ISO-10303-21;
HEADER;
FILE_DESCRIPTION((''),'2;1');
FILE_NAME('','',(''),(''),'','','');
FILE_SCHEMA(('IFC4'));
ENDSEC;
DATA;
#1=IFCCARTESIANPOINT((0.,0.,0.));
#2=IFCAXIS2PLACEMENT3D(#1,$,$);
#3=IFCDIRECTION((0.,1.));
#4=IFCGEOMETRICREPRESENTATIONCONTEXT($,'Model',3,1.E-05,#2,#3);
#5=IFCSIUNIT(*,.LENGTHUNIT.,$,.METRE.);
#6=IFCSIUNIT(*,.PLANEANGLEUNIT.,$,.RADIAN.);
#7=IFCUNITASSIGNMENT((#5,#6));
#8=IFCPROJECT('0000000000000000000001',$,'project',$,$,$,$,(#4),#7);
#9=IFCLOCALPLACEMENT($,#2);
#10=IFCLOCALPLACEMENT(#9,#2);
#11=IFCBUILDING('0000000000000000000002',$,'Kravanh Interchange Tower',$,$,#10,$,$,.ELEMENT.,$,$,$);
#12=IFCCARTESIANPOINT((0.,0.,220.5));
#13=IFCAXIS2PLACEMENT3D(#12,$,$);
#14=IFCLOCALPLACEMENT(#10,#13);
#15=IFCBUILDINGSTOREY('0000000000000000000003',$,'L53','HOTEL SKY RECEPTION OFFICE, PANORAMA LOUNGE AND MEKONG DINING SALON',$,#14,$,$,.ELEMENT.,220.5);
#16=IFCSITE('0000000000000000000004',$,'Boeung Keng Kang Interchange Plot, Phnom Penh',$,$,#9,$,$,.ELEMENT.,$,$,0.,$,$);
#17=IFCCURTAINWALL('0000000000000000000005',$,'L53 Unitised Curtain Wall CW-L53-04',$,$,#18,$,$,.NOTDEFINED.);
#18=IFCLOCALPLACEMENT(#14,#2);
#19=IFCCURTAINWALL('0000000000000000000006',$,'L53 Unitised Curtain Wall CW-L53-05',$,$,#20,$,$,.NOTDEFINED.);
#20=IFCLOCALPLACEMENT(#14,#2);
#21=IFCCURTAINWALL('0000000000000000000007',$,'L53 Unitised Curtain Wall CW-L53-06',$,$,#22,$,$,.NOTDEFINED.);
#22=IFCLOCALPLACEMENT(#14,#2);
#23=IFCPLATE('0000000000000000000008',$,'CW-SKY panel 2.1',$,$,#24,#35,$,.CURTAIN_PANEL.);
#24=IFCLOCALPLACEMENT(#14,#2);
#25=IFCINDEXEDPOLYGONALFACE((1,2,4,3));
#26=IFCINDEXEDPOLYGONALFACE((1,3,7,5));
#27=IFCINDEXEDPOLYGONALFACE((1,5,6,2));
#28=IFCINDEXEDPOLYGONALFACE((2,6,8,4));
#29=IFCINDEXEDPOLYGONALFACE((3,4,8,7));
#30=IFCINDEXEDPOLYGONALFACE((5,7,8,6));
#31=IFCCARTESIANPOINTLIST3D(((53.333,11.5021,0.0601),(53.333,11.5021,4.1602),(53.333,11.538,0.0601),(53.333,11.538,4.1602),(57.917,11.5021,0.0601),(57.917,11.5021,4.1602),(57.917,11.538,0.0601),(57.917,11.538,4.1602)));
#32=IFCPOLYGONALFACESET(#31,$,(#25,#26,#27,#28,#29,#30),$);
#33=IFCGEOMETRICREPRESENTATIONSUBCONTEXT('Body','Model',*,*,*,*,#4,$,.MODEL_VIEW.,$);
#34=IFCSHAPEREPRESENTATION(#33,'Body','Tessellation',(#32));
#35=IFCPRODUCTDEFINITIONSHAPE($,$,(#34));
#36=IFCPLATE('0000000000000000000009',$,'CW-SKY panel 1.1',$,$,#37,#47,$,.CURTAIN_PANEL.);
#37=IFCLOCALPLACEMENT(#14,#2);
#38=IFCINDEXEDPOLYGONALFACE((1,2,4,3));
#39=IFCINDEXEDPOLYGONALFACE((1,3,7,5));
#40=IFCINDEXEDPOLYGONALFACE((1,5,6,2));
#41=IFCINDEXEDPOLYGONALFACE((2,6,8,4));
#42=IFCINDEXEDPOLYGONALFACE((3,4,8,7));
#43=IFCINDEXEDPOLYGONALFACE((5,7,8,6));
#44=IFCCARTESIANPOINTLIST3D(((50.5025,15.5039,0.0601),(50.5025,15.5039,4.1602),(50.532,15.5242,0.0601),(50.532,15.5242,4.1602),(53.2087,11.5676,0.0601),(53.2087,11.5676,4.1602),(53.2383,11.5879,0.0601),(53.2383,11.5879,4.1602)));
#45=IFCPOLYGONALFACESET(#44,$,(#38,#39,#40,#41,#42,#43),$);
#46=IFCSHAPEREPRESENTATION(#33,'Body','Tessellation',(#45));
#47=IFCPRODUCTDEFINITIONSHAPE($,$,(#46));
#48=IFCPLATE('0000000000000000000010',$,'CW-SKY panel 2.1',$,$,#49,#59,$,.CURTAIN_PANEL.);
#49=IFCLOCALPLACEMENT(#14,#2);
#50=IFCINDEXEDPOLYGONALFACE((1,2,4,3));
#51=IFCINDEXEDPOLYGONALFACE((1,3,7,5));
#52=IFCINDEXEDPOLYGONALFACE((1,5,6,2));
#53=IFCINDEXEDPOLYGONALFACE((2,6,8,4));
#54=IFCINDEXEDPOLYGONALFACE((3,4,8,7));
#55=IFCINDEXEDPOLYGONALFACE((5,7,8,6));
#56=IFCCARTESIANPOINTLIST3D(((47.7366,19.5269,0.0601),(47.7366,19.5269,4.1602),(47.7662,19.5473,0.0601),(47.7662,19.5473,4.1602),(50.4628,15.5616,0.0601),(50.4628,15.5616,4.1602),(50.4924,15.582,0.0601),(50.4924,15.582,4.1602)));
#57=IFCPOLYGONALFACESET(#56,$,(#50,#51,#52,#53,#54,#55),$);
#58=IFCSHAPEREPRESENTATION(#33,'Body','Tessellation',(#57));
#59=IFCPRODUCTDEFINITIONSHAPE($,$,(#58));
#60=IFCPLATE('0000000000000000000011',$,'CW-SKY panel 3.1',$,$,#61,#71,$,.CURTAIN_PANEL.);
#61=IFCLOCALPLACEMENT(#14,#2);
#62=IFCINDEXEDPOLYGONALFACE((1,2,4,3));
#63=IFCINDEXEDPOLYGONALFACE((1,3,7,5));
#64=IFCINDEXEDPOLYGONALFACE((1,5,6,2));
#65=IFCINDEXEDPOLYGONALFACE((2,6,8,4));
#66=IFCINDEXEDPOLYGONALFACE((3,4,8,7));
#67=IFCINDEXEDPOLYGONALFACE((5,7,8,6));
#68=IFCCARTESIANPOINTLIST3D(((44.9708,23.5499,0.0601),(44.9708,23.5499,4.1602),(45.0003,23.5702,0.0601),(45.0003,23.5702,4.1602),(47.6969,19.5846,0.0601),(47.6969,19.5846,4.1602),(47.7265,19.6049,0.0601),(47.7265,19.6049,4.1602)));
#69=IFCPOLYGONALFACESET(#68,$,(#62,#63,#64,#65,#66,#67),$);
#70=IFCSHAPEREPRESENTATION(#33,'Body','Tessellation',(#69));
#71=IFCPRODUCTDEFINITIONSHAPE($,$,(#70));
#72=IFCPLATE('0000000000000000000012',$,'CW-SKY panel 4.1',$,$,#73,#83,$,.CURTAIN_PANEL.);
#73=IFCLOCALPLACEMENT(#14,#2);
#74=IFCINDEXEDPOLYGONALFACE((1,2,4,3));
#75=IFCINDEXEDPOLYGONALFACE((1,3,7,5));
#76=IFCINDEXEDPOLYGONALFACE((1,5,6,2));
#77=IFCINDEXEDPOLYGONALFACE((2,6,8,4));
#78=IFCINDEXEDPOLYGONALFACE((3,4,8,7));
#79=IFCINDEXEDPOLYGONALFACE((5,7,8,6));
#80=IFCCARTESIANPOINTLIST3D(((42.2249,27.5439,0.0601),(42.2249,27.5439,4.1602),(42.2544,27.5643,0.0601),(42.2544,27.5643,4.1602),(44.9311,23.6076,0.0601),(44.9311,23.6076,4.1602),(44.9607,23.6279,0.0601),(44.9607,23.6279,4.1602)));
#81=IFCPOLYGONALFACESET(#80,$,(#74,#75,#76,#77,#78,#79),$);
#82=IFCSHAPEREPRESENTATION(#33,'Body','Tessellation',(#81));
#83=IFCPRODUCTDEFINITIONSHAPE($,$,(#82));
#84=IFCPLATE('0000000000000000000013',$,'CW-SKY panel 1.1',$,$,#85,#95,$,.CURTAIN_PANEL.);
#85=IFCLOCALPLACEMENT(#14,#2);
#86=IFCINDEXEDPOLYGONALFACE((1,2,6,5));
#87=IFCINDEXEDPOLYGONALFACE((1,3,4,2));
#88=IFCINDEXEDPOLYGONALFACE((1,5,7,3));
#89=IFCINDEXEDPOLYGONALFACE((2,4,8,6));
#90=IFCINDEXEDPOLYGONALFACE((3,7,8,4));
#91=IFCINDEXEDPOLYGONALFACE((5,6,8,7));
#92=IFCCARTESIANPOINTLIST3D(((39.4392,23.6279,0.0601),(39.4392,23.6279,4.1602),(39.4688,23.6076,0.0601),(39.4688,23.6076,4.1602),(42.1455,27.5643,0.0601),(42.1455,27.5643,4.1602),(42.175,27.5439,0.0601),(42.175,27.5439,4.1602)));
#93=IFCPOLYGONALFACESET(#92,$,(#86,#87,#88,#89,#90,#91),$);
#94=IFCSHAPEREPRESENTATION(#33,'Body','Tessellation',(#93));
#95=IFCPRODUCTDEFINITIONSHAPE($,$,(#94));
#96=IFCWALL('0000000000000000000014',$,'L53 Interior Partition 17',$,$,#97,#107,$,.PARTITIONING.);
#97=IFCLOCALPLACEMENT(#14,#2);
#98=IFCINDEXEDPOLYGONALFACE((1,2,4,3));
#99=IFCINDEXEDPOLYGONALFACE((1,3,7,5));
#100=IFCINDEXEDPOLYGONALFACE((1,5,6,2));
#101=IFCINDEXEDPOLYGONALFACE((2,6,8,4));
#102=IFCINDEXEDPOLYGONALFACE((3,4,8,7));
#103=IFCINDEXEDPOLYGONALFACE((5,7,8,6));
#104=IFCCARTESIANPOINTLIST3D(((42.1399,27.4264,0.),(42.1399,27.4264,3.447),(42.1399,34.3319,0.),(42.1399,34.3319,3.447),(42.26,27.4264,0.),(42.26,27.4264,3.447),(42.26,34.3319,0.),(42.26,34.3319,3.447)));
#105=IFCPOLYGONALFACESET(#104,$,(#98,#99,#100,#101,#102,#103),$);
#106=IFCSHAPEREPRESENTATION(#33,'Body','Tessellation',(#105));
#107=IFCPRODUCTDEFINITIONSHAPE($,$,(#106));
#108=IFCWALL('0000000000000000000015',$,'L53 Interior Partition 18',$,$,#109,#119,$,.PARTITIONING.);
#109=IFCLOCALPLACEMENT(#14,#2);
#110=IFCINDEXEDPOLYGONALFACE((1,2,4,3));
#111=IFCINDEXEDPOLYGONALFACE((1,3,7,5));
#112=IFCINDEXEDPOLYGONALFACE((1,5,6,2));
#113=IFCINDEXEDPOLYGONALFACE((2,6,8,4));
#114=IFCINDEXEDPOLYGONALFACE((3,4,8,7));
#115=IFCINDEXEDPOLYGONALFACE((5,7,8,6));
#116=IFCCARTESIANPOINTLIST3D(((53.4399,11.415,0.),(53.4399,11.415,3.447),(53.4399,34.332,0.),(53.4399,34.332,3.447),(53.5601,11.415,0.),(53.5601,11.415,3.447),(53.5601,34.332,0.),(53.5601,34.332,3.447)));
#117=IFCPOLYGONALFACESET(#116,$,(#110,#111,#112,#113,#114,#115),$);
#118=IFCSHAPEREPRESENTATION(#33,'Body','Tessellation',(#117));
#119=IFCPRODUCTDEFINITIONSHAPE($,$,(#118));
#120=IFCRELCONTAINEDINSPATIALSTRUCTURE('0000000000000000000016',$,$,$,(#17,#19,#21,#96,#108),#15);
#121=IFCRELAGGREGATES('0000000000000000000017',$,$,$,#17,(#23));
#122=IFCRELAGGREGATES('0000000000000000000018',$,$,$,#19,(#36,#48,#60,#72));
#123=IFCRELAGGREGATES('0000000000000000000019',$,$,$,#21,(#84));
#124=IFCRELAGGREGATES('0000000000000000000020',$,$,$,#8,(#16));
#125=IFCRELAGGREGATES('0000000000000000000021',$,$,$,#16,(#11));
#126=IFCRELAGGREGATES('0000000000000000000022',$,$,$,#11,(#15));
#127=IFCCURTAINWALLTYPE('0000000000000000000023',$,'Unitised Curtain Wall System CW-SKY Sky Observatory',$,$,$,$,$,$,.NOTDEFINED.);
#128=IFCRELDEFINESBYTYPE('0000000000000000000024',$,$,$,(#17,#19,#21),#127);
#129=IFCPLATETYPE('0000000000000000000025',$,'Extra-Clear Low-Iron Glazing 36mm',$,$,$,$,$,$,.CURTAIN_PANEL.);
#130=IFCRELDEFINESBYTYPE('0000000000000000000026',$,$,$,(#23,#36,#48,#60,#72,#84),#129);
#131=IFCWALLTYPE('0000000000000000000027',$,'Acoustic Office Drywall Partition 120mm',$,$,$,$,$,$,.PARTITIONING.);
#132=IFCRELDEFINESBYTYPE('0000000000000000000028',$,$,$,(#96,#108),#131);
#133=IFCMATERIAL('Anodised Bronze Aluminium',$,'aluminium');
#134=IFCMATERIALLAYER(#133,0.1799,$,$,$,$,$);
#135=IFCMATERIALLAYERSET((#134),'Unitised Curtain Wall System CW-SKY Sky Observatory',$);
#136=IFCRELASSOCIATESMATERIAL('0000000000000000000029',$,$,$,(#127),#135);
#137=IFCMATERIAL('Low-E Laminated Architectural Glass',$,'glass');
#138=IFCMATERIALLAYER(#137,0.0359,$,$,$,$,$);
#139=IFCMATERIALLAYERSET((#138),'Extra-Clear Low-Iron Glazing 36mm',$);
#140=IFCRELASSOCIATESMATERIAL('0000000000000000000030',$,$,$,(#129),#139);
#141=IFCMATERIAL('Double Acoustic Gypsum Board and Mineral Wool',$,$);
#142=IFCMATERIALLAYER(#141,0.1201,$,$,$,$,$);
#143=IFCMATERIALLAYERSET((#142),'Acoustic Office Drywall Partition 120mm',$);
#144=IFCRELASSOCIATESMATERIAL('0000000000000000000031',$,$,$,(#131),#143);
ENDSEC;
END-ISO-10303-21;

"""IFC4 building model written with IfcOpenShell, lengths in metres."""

from ifc_helpers import new_model, si_unit, direction, frame, frame_2d, origin, origin_2d, place, context, subcontext, project, spatial, rectangle, extrude, material, layer, layer_set, type_object, element, aggregate, save


model = new_model("IFC4")

# Units and contexts
model_context = context("Model", 3, precision=1e-05, world=origin(), true_north=direction((0.0, 1.0)))
body_context = subcontext(model_context, "Body", "Model", "MODEL_VIEW")
ifc_project = project(units=[si_unit("LENGTHUNIT", "METRE"), si_unit("PLANEANGLEUNIT", "RADIAN")], contexts=[model_context])

# Site, building, storey
site_placement = place(None, origin())
site = spatial("IfcSite", under=ifc_project, at=site_placement, Name="Boeung Keng Kang Interchange Plot, Phnom Penh", CompositionType="ELEMENT", RefElevation=0.0)
building_placement = place(site_placement, origin())
building = spatial("IfcBuilding", under=site, at=building_placement, Name="Kravanh Interchange Tower", CompositionType="ELEMENT")
storey_placement = place(building_placement, frame((0.0, 0.0, 220.5)))
storey = spatial("IfcBuildingStorey", under=building, at=storey_placement, Name="L53", Description="HOTEL SKY RECEPTION OFFICE, PANORAMA LOUNGE AND MEKONG DINING SALON", CompositionType="ELEMENT", Elevation=220.5)

# Curtain wall
ifc_material_1 = material(Name="Anodised Bronze Aluminium", Category="aluminium")
ifc_layer_1 = layer(ifc_material_1, 0.1799)
ifc_layer_set_1 = layer_set([ifc_layer_1], Name="Unitised Curtain Wall System CW-SKY Sky Observatory")
curtain_wall_type = type_object("IfcCurtainWallType", Name="Unitised Curtain Wall System CW-SKY Sky Observatory", PredefinedType="NOTDEFINED", material=ifc_layer_set_1)
curtain_wall_1_placement = place(storey_placement, origin())
curtain_wall_1 = element("IfcCurtainWall", 1, at=curtain_wall_1_placement, inside=storey, type_object=curtain_wall_type, Name="L53 Unitised Curtain Wall CW-L53-04", PredefinedType="NOTDEFINED")

# Curtain walls
curtain_wall_2_placement = place(storey_placement, origin())
curtain_wall_2 = element("IfcCurtainWall", 2, at=curtain_wall_2_placement, inside=storey, type_object=curtain_wall_type, Name="L53 Unitised Curtain Wall CW-L53-05", PredefinedType="NOTDEFINED")
curtain_wall_3_placement = place(storey_placement, origin())
curtain_wall_3 = element("IfcCurtainWall", 3, at=curtain_wall_3_placement, inside=storey, type_object=curtain_wall_type, Name="L53 Unitised Curtain Wall CW-L53-06", PredefinedType="NOTDEFINED")

# Plates
ifc_material_2 = material(Name="Low-E Laminated Architectural Glass", Category="glass")
ifc_layer_2 = layer(ifc_material_2, 0.0359)
ifc_layer_set_2 = layer_set([ifc_layer_2], Name="Extra-Clear Low-Iron Glazing 36mm")
plate_type = type_object("IfcPlateType", Name="Extra-Clear Low-Iron Glazing 36mm", PredefinedType="CURTAIN_PANEL", material=ifc_layer_set_2)
plate_1_placement = place(storey_placement, frame((55.625, 11.52, 0.0601), z_axis=(0.0, 0.0, 1.0), x_axis=(-1.0, 0.0, 0.0)))
plate_1 = element("IfcPlate", 4, at=plate_1_placement, type_object=plate_type, Name="CW-SKY panel 2.1", PredefinedType="CURTAIN_PANEL", context=body_context, shape_type="SweptSolid", body=[
    extrude(rectangle(XDim=4.584, YDim=0.0359, at=origin_2d()), origin(), (0.0, 0.0, 1.0), 4.1001),
])
aggregate(curtain_wall_1, [plate_1])
plate_2_placement = place(storey_placement, frame((51.8704, 13.5459, 0.0601), z_axis=(0.0, 0.0, 1.0), x_axis=(-0.566528, 0.824042, 0.0)))
plate_2 = element("IfcPlate", 5, at=plate_2_placement, type_object=plate_type, Name="CW-SKY panel 1.1", PredefinedType="CURTAIN_PANEL", context=body_context, shape_type="SweptSolid", body=[
    extrude(rectangle(XDim=4.7769, YDim=0.0359, at=origin_2d()), origin(), (0.0, 0.0, 1.0), 4.1001),
])
plate_3_placement = place(storey_placement, frame((49.1145, 17.5544, 0.0601), z_axis=(0.0, 0.0, 1.0), x_axis=(-0.566528, 0.824042, 0.0)))
plate_3 = element("IfcPlate", 6, at=plate_3_placement, type_object=plate_type, Name="CW-SKY panel 2.1", PredefinedType="CURTAIN_PANEL", context=body_context, shape_type="SweptSolid", body=[
    extrude(rectangle(XDim=4.812, YDim=0.0359, at=origin_2d()), origin(), (0.0, 0.0, 1.0), 4.1001),
])
plate_4_placement = place(storey_placement, frame((46.3486, 21.5774, 0.0601), z_axis=(0.0, 0.0, 1.0), x_axis=(-0.566528, 0.824042, 0.0)))
plate_4 = element("IfcPlate", 7, at=plate_4_placement, type_object=plate_type, Name="CW-SKY panel 3.1", PredefinedType="CURTAIN_PANEL", context=body_context, shape_type="SweptSolid", body=[
    extrude(rectangle(XDim=4.812, YDim=0.0359, at=origin_2d()), origin(), (0.0, 0.0, 1.0), 4.1001),
])
plate_5_placement = place(storey_placement, frame((43.5928, 25.5859, 0.0601), z_axis=(0.0, 0.0, 1.0), x_axis=(-0.566528, 0.824042, 0.0)))
plate_5 = element("IfcPlate", 8, at=plate_5_placement, type_object=plate_type, Name="CW-SKY panel 4.1", PredefinedType="CURTAIN_PANEL", context=body_context, shape_type="SweptSolid", body=[
    extrude(rectangle(XDim=4.7769, YDim=0.0359, at=origin_2d()), origin(), (0.0, 0.0, 1.0), 4.1001),
])
aggregate(curtain_wall_2, [plate_2, plate_3, plate_4, plate_5])
plate_6_placement = place(storey_placement, frame((40.8071, 25.5859, 0.0601), z_axis=(0.0, 0.0, 1.0), x_axis=(-0.566528, -0.824042, 0.0)))
plate_6 = element("IfcPlate", 9, at=plate_6_placement, type_object=plate_type, Name="CW-SKY panel 1.1", PredefinedType="CURTAIN_PANEL", context=body_context, shape_type="SweptSolid", body=[
    extrude(rectangle(XDim=4.7769, YDim=0.0359, at=origin_2d()), origin(), (0.0, 0.0, 1.0), 4.1001),
])
aggregate(curtain_wall_3, [plate_6])

# Walls
ifc_material_3 = material(Name="Double Acoustic Gypsum Board and Mineral Wool")
ifc_layer_3 = layer(ifc_material_3, 0.1201)
ifc_layer_set_3 = layer_set([ifc_layer_3], Name="Acoustic Office Drywall Partition 120mm")
wall_type = type_object("IfcWallType", Name="Acoustic Office Drywall Partition 120mm", PredefinedType="PARTITIONING", material=ifc_layer_set_3)
wall_1_placement = place(storey_placement, frame((42.2, 27.4265, 0.0), z_axis=(0.0, 0.0, 1.0), x_axis=(0.0, 1.0, 0.0)))
element("IfcWall", 10, at=wall_1_placement, inside=storey, type_object=wall_type, Name="L53 Interior Partition 17", PredefinedType="PARTITIONING", context=body_context, shape_type="SweptSolid", body=[
    extrude(rectangle(XDim=6.9055, YDim=0.1201, at=frame_2d((3.4526, 0.0))), origin(), (0.0, 0.0, 1.0), 3.447),
])
wall_2_placement = place(storey_placement, frame((53.5, 11.415, 0.0), z_axis=(0.0, 0.0, 1.0), x_axis=(0.0, 1.0, 0.0)))
element("IfcWall", 11, at=wall_2_placement, inside=storey, type_object=wall_type, Name="L53 Interior Partition 18", PredefinedType="PARTITIONING", context=body_context, shape_type="SweptSolid", body=[
    extrude(rectangle(XDim=22.917, YDim=0.1201, at=frame_2d((11.4585, 0.0))), origin(), (0.0, 0.0, 1.0), 3.447),
])

save(model, "model.ifc")
